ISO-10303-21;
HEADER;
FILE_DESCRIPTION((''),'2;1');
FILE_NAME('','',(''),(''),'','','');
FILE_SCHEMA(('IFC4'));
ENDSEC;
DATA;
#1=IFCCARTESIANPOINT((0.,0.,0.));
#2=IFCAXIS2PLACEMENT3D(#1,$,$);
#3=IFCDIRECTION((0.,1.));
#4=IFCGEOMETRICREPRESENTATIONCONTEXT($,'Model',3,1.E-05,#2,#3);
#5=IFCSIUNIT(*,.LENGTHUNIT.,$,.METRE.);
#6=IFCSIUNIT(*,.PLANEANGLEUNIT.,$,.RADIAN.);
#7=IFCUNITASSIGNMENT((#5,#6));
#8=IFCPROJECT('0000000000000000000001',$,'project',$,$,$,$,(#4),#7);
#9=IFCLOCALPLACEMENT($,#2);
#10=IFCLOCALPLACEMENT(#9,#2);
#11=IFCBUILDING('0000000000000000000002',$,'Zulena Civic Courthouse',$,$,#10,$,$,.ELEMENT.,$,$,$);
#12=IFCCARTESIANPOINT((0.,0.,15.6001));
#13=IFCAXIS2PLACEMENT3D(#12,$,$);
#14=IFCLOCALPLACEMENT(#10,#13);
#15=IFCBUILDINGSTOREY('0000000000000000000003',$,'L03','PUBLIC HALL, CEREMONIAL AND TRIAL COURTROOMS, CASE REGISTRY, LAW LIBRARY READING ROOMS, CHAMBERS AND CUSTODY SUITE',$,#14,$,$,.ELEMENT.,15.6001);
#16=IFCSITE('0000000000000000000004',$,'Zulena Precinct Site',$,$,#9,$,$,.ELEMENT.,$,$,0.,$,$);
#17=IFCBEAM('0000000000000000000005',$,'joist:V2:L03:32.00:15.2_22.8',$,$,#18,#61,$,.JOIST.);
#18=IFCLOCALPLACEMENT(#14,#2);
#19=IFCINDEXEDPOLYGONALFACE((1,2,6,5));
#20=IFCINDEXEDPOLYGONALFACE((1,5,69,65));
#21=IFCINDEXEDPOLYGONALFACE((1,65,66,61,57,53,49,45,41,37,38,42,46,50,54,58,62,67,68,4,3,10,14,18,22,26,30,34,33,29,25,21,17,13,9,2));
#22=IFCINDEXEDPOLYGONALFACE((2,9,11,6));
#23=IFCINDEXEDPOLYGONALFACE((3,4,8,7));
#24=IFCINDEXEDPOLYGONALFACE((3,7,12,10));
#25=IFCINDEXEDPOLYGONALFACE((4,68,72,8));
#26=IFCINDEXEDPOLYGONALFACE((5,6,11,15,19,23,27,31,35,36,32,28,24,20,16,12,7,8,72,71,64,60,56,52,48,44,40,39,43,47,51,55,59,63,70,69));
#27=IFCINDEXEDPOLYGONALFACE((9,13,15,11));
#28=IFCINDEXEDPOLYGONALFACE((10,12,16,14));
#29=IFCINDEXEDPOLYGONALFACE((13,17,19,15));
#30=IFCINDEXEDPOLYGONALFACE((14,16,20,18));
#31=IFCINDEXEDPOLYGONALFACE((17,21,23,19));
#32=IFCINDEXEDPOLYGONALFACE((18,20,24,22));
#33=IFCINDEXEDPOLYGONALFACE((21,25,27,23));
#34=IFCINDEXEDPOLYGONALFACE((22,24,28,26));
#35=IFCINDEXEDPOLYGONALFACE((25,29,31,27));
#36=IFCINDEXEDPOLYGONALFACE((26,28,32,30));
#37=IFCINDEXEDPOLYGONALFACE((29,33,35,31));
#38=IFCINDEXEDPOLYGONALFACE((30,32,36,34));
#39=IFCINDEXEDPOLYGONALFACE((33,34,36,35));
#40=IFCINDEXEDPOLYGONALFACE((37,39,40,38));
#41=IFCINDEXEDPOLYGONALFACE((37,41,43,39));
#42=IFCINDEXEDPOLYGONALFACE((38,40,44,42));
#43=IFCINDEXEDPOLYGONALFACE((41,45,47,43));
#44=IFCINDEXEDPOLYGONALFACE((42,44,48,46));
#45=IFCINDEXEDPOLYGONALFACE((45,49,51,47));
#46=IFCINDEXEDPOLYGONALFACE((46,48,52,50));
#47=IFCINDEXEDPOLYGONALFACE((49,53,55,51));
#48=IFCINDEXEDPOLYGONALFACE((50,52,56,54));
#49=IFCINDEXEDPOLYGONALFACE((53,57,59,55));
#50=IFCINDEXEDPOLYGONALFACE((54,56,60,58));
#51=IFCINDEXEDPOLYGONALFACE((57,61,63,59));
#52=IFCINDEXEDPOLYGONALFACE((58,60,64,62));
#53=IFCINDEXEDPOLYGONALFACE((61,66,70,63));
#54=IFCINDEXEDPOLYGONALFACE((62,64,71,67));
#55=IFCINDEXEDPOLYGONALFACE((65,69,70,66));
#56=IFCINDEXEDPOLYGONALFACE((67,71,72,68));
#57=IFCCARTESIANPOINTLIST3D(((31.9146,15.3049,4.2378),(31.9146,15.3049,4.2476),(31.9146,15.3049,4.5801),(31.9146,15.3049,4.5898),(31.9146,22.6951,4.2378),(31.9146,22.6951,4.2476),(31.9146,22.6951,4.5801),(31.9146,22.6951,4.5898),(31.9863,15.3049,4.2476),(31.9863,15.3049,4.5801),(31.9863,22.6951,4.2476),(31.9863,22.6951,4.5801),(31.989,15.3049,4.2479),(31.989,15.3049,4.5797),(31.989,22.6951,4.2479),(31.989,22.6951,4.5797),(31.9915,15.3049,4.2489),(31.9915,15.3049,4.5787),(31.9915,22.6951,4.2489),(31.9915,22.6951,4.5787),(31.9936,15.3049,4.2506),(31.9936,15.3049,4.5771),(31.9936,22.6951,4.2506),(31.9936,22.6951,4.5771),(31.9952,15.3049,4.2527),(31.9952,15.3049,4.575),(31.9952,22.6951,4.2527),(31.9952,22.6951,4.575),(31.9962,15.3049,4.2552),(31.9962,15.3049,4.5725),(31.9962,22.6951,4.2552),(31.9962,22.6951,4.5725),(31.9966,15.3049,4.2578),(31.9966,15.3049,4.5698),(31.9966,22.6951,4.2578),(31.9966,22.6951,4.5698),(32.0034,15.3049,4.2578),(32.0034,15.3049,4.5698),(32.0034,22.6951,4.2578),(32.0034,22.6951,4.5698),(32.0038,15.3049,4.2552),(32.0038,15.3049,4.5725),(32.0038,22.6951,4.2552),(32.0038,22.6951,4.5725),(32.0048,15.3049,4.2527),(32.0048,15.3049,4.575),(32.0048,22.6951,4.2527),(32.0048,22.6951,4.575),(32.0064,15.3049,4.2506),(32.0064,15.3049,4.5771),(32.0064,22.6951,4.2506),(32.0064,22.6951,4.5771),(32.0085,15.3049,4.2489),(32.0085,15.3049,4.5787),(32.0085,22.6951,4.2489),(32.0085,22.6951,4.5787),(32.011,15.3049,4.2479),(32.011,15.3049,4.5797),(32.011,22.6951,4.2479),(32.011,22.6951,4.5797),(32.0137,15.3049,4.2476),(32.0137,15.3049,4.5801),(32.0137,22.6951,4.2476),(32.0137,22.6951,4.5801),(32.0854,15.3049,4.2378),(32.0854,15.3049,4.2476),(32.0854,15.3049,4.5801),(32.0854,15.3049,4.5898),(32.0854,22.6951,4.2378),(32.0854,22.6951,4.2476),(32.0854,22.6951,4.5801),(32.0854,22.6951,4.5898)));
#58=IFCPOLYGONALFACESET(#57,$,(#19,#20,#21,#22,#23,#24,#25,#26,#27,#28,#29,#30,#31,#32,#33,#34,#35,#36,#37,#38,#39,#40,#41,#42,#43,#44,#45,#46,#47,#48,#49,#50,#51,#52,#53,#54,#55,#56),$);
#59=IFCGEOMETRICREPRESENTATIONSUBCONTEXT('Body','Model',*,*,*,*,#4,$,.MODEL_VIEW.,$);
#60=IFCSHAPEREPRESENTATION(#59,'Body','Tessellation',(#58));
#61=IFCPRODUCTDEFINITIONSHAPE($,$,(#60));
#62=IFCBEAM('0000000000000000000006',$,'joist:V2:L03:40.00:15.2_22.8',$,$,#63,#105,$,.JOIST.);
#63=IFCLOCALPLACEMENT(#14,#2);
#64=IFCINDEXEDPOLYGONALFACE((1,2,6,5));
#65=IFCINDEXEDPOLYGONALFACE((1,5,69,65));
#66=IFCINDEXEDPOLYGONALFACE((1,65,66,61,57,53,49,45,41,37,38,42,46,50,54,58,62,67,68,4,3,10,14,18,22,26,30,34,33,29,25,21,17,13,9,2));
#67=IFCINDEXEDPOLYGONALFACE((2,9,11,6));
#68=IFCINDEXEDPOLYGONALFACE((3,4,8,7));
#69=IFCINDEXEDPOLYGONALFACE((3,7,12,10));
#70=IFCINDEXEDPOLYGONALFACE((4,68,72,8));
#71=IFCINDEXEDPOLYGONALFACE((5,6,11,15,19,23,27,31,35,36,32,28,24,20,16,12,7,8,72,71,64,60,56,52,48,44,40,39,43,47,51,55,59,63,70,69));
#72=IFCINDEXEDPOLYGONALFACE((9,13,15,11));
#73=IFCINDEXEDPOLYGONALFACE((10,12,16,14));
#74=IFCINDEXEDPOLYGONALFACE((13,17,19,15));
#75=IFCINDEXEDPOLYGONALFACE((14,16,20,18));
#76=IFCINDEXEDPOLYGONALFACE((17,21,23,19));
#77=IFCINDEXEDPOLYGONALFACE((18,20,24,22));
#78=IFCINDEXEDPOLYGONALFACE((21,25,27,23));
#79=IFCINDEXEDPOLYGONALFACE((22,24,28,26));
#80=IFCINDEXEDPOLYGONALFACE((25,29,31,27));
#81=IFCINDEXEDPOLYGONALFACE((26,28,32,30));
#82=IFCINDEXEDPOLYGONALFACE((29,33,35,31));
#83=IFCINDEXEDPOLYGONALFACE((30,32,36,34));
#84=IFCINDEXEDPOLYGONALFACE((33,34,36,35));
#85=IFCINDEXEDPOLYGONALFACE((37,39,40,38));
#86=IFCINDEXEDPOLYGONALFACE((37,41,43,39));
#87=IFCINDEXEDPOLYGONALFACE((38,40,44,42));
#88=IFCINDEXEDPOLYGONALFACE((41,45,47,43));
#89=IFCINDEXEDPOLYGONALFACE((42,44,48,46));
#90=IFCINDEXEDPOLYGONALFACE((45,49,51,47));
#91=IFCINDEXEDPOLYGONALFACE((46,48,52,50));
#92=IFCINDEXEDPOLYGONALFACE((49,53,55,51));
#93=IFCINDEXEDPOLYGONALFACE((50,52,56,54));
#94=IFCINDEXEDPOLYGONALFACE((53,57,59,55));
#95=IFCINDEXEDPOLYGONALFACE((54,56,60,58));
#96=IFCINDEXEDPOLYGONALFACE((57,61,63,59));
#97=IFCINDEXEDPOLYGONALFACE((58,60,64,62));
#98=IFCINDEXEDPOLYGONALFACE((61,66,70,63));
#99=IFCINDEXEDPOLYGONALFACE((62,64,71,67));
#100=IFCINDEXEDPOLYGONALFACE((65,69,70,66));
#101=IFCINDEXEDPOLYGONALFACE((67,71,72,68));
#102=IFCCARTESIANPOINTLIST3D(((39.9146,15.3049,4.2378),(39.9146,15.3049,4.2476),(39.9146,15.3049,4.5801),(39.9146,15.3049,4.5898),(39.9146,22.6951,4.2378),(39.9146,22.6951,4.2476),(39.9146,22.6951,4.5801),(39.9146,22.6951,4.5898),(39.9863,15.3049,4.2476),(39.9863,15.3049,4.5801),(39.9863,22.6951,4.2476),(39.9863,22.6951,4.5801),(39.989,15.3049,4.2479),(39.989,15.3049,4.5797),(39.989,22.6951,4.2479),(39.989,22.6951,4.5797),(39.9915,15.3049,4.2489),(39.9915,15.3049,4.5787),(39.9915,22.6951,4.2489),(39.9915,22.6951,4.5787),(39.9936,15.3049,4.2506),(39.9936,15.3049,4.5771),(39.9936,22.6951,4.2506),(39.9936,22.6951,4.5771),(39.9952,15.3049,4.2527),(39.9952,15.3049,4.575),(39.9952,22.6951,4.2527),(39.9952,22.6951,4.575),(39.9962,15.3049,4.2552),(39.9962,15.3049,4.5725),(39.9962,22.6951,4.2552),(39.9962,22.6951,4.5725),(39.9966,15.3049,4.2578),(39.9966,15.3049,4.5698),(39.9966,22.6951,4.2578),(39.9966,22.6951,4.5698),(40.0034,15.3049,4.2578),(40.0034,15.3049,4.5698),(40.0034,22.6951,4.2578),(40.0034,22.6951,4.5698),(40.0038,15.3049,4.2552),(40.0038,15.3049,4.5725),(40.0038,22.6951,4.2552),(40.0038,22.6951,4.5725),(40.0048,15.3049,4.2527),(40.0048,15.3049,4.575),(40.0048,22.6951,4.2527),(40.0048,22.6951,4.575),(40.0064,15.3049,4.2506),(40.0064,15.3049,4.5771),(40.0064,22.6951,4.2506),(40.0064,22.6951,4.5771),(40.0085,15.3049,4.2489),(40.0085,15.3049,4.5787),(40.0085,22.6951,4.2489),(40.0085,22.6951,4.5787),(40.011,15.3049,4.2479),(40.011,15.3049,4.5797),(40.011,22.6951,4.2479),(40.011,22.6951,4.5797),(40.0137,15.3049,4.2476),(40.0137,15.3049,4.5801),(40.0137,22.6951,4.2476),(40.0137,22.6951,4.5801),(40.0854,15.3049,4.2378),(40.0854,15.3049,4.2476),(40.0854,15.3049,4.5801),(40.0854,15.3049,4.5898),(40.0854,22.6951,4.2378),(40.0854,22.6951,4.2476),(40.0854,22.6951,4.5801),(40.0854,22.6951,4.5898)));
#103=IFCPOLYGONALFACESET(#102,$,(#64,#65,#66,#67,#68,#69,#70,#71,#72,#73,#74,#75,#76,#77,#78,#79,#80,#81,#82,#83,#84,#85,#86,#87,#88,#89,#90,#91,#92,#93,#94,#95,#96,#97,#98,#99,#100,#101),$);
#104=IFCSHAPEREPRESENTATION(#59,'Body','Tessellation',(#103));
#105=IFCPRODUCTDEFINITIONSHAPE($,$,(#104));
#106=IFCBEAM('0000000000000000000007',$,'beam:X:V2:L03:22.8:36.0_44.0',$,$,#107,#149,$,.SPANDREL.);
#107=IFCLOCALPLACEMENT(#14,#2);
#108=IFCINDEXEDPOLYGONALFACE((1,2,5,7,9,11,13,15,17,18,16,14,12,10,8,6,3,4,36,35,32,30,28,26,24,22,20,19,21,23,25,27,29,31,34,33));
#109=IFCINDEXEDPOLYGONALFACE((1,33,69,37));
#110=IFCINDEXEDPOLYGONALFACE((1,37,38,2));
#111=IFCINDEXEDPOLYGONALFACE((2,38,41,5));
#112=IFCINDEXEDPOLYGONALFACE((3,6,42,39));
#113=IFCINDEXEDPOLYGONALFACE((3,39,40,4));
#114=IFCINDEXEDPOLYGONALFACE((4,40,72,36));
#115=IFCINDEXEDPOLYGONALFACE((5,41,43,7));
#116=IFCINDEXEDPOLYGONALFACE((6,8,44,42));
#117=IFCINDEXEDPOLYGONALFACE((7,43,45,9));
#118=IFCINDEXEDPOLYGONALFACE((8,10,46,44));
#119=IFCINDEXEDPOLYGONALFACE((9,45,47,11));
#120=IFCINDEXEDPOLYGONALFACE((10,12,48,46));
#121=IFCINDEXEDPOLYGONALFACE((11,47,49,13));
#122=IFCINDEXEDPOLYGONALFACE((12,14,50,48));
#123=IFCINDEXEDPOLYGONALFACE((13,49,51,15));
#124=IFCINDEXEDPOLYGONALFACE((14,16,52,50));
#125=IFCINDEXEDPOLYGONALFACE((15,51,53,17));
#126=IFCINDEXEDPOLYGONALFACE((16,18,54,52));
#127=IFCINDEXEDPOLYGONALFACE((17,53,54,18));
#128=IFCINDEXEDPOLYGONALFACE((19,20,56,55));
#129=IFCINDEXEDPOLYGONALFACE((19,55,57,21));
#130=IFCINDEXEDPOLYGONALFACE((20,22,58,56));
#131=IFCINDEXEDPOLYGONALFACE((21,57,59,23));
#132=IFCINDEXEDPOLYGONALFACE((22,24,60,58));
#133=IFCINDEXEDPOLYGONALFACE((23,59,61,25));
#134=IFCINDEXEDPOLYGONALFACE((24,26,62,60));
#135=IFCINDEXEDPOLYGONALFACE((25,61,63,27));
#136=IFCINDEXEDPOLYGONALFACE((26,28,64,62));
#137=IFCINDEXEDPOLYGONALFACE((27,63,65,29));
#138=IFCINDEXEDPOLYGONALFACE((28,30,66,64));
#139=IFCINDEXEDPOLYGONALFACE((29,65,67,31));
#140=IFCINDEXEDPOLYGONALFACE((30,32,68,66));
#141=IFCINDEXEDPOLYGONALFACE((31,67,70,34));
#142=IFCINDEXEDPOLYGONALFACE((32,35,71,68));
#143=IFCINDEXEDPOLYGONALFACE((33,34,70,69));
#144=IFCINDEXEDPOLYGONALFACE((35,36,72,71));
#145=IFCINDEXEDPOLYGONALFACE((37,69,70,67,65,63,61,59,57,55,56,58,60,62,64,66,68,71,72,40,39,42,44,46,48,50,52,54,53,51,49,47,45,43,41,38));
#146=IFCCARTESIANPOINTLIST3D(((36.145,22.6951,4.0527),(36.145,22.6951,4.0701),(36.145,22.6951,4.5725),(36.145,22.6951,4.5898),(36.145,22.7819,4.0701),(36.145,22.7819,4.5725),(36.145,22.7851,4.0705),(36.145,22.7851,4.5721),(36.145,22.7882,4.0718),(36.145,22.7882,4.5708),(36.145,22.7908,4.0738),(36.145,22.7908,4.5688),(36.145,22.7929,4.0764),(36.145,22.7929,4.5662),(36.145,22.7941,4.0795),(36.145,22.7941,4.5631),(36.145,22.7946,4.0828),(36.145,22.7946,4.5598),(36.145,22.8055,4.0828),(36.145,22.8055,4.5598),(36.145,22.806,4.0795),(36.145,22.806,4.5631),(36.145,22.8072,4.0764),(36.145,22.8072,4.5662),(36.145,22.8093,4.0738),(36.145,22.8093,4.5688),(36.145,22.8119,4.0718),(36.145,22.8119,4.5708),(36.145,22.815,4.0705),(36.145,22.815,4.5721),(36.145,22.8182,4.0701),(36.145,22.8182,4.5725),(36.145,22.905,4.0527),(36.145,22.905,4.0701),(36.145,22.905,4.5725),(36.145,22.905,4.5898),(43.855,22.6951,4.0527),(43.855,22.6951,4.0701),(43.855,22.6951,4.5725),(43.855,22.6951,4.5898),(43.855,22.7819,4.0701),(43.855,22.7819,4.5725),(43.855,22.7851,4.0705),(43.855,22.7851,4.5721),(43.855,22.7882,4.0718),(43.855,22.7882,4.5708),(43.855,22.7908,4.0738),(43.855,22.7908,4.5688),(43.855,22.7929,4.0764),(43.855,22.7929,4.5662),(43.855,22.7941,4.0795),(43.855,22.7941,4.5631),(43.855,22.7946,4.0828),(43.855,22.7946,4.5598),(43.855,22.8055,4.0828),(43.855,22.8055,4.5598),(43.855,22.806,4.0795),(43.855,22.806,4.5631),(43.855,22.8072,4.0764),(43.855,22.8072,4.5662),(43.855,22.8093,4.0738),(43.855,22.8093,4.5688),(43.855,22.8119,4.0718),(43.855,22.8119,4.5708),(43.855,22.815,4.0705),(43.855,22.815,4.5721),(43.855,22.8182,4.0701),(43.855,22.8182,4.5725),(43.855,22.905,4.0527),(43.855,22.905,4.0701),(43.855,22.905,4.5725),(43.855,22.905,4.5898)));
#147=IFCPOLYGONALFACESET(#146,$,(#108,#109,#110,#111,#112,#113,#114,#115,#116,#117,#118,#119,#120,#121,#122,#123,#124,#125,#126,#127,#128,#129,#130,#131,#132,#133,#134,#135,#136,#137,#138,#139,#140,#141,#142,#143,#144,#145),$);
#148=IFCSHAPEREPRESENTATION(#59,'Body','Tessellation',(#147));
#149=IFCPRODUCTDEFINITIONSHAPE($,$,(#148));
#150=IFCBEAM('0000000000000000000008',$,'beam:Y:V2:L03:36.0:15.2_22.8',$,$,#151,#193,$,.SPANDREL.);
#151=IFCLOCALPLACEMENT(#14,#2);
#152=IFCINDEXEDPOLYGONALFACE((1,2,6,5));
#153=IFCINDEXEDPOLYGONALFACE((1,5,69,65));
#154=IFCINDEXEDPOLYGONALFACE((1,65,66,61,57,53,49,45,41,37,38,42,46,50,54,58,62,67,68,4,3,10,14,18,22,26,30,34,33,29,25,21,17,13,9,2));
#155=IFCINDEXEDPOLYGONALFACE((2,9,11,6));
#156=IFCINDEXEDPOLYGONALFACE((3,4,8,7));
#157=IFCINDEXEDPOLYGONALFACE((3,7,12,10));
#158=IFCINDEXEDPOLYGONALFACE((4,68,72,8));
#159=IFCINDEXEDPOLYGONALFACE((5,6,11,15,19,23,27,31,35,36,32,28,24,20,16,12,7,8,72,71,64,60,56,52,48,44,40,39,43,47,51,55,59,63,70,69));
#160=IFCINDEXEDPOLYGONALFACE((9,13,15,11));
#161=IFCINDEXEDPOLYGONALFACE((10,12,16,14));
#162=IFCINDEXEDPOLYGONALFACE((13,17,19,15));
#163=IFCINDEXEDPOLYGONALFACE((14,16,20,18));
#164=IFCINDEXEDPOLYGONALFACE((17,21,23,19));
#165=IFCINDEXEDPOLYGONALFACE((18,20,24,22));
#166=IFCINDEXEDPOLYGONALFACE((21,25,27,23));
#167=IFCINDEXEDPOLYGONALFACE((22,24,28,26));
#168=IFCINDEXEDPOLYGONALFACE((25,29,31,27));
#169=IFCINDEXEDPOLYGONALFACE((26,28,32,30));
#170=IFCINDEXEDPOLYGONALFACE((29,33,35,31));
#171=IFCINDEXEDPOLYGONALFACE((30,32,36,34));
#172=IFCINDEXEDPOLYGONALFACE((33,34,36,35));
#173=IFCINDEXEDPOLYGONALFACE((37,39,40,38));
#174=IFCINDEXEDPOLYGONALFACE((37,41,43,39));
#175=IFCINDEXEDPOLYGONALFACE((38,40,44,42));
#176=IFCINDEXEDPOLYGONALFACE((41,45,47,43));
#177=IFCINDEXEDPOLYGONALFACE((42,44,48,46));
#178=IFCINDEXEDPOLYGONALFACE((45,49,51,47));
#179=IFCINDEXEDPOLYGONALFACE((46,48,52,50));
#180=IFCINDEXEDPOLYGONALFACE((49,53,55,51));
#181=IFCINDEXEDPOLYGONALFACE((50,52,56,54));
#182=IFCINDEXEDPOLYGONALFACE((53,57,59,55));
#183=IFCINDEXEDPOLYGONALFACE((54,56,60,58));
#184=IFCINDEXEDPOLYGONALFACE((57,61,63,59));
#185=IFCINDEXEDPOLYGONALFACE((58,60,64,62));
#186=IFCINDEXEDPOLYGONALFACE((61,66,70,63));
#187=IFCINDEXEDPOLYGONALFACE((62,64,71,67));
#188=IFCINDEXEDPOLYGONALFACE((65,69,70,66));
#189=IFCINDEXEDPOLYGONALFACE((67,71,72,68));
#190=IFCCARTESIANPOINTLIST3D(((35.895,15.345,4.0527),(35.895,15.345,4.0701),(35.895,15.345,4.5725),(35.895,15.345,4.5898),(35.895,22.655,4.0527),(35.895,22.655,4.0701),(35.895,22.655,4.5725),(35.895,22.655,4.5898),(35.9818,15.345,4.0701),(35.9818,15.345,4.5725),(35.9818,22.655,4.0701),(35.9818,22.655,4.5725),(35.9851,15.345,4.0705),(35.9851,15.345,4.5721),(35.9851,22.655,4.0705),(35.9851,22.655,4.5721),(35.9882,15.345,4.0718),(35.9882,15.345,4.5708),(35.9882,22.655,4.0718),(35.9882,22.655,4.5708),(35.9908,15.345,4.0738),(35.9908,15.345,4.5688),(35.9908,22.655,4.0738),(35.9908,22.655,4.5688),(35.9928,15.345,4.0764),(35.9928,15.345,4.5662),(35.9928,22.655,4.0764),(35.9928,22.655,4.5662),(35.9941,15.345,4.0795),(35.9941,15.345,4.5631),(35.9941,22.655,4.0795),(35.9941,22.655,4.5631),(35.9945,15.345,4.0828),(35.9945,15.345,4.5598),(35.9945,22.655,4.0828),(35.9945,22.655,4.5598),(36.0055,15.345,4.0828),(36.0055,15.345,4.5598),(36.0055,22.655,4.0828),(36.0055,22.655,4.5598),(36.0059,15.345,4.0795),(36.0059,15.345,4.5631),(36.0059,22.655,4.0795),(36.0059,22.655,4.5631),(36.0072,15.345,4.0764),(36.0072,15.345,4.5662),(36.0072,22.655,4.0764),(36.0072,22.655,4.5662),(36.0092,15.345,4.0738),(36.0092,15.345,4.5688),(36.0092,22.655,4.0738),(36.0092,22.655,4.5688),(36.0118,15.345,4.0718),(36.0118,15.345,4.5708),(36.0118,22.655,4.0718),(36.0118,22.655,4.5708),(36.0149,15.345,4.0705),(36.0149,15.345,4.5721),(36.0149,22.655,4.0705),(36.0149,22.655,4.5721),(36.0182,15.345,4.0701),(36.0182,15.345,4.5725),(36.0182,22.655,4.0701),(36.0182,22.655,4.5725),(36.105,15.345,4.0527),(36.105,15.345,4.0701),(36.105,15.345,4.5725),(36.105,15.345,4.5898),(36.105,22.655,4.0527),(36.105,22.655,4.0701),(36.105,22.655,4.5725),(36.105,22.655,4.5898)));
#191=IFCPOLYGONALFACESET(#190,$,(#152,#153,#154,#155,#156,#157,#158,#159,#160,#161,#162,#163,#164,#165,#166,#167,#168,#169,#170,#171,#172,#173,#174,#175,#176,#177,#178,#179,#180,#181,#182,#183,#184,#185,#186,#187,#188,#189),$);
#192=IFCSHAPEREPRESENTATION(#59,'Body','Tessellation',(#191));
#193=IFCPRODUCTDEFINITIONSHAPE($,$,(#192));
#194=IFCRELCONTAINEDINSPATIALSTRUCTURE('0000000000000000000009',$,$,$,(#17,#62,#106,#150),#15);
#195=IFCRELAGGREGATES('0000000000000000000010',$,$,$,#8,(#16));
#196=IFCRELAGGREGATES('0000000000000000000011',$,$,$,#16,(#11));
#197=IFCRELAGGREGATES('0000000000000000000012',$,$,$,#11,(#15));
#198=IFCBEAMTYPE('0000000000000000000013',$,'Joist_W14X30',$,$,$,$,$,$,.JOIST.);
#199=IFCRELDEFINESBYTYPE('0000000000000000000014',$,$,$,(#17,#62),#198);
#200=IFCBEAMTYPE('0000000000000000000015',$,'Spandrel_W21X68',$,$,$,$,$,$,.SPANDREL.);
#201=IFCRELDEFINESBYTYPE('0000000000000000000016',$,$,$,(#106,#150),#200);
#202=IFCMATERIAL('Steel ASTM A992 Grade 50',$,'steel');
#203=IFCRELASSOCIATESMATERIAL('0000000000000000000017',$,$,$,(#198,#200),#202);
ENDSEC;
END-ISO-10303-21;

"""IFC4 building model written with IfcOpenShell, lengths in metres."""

from ifc_helpers import new_model, si_unit, direction, frame, origin, origin_2d, place, context, subcontext, project, spatial, i_section, extrude, material, material_profile, profile_set, type_object, element, save


model = new_model("IFC4")

# Units and contexts
model_context = context("Model", 3, precision=1e-05, world=origin(), true_north=direction((0.0, 1.0)))
body_context = subcontext(model_context, "Body", "Model", "MODEL_VIEW")
ifc_project = project(units=[si_unit("LENGTHUNIT", "METRE"), si_unit("PLANEANGLEUNIT", "RADIAN")], contexts=[model_context])

# Site, building, storey
site_placement = place(None, origin())
site = spatial("IfcSite", under=ifc_project, at=site_placement, Name="Zulena Precinct Site", CompositionType="ELEMENT", RefElevation=0.0)
building_placement = place(site_placement, origin())
building = spatial("IfcBuilding", under=site, at=building_placement, Name="Zulena Civic Courthouse", CompositionType="ELEMENT")
storey_placement = place(building_placement, frame((0.0, 0.0, 15.6001)))
storey = spatial("IfcBuildingStorey", under=building, at=storey_placement, Name="L03", Description="PUBLIC HALL, CEREMONIAL AND TRIAL COURTROOMS, CASE REGISTRY, LAW LIBRARY READING ROOMS, CHAMBERS AND CUSTODY SUITE", CompositionType="ELEMENT", Elevation=15.6001)

# Shared definitions
ifc_material_1 = material(Name="Steel ASTM A992 Grade 50", Category="steel")

# Beams
ifc_material_profile_1 = material_profile(ifc_material_1, i_section(OverallWidth=0.1709, OverallDepth=0.3521, WebThickness=0.0068, FlangeThickness=0.0098, FilletRadius=0.0103, at=origin_2d()), Name="W14X30")
ifc_profile_set_1 = profile_set([ifc_material_profile_1], Name="Steel ASTM A992 Grade 50")
beam_type_1 = type_object("IfcBeamType", Name="Joist_W14X30", PredefinedType="JOIST", material=ifc_profile_set_1)
for number, where, z_axis, x_axis, name in (
    (1, (32.0, 15.3049, 4.4138), (0.0, 1.0, 0.0), (-1.0, 0.0, 0.0), "joist:V2:L03:32.00:15.2_22.8"),
    (2, (40.0, 15.3049, 4.4138), (0.0, 1.0, 0.0), (-1.0, 0.0, 0.0), "joist:V2:L03:40.00:15.2_22.8"),
):
    element("IfcBeam", number, at=place(storey_placement, frame(where, z_axis=z_axis, x_axis=x_axis)), inside=storey, type_object=beam_type_1, Name=name, PredefinedType="JOIST", context=body_context, shape_type="SweptSolid", body=[
        extrude(i_section(OverallWidth=0.1709, OverallDepth=0.3521, WebThickness=0.0068, FlangeThickness=0.0098, FilletRadius=0.0103, at=origin_2d()), origin(), (0.0, 0.0, 1.0), 7.3901),
    ])
ifc_material_profile_2 = material_profile(ifc_material_1, i_section(OverallWidth=0.21, OverallDepth=0.5371, WebThickness=0.011, FlangeThickness=0.0173, FilletRadius=0.0127, at=origin_2d()), Name="W21X68")
ifc_profile_set_2 = profile_set([ifc_material_profile_2], Name="Steel ASTM A992 Grade 50")
beam_type_2 = type_object("IfcBeamType", Name="Spandrel_W21X68", PredefinedType="SPANDREL", material=ifc_profile_set_2)
beam_placement = place(storey_placement, frame((36.145, 22.8, 4.3213), z_axis=(1.0, 0.0, 0.0), x_axis=(0.0, 1.0, 0.0)))
element("IfcBeam", 3, at=beam_placement, inside=storey, type_object=beam_type_2, Name="beam:X:V2:L03:22.8:36.0_44.0", PredefinedType="SPANDREL", context=body_context, shape_type="SweptSolid", body=[
    extrude(i_section(OverallWidth=0.21, OverallDepth=0.5371, WebThickness=0.011, FlangeThickness=0.0173, FilletRadius=0.0127, at=origin_2d()), origin(), (0.0, 0.0, 1.0), 7.71),
])
for number, where, z_axis, x_axis, name in (
    (4, (36.0, 15.345, 4.3213), (0.0, 1.0, 0.0), (-1.0, 0.0, 0.0), "beam:Y:V2:L03:36.0:15.2_22.8"),
):
    element("IfcBeam", number, at=place(storey_placement, frame(where, z_axis=z_axis, x_axis=x_axis)), inside=storey, type_object=beam_type_2, Name=name, PredefinedType="SPANDREL", context=body_context, shape_type="SweptSolid", body=[
        extrude(i_section(OverallWidth=0.21, OverallDepth=0.5371, WebThickness=0.011, FlangeThickness=0.0173, FilletRadius=0.0127, at=origin_2d()), origin(), (0.0, 0.0, 1.0), 7.3101),
    ])

save(model, "model.ifc")
